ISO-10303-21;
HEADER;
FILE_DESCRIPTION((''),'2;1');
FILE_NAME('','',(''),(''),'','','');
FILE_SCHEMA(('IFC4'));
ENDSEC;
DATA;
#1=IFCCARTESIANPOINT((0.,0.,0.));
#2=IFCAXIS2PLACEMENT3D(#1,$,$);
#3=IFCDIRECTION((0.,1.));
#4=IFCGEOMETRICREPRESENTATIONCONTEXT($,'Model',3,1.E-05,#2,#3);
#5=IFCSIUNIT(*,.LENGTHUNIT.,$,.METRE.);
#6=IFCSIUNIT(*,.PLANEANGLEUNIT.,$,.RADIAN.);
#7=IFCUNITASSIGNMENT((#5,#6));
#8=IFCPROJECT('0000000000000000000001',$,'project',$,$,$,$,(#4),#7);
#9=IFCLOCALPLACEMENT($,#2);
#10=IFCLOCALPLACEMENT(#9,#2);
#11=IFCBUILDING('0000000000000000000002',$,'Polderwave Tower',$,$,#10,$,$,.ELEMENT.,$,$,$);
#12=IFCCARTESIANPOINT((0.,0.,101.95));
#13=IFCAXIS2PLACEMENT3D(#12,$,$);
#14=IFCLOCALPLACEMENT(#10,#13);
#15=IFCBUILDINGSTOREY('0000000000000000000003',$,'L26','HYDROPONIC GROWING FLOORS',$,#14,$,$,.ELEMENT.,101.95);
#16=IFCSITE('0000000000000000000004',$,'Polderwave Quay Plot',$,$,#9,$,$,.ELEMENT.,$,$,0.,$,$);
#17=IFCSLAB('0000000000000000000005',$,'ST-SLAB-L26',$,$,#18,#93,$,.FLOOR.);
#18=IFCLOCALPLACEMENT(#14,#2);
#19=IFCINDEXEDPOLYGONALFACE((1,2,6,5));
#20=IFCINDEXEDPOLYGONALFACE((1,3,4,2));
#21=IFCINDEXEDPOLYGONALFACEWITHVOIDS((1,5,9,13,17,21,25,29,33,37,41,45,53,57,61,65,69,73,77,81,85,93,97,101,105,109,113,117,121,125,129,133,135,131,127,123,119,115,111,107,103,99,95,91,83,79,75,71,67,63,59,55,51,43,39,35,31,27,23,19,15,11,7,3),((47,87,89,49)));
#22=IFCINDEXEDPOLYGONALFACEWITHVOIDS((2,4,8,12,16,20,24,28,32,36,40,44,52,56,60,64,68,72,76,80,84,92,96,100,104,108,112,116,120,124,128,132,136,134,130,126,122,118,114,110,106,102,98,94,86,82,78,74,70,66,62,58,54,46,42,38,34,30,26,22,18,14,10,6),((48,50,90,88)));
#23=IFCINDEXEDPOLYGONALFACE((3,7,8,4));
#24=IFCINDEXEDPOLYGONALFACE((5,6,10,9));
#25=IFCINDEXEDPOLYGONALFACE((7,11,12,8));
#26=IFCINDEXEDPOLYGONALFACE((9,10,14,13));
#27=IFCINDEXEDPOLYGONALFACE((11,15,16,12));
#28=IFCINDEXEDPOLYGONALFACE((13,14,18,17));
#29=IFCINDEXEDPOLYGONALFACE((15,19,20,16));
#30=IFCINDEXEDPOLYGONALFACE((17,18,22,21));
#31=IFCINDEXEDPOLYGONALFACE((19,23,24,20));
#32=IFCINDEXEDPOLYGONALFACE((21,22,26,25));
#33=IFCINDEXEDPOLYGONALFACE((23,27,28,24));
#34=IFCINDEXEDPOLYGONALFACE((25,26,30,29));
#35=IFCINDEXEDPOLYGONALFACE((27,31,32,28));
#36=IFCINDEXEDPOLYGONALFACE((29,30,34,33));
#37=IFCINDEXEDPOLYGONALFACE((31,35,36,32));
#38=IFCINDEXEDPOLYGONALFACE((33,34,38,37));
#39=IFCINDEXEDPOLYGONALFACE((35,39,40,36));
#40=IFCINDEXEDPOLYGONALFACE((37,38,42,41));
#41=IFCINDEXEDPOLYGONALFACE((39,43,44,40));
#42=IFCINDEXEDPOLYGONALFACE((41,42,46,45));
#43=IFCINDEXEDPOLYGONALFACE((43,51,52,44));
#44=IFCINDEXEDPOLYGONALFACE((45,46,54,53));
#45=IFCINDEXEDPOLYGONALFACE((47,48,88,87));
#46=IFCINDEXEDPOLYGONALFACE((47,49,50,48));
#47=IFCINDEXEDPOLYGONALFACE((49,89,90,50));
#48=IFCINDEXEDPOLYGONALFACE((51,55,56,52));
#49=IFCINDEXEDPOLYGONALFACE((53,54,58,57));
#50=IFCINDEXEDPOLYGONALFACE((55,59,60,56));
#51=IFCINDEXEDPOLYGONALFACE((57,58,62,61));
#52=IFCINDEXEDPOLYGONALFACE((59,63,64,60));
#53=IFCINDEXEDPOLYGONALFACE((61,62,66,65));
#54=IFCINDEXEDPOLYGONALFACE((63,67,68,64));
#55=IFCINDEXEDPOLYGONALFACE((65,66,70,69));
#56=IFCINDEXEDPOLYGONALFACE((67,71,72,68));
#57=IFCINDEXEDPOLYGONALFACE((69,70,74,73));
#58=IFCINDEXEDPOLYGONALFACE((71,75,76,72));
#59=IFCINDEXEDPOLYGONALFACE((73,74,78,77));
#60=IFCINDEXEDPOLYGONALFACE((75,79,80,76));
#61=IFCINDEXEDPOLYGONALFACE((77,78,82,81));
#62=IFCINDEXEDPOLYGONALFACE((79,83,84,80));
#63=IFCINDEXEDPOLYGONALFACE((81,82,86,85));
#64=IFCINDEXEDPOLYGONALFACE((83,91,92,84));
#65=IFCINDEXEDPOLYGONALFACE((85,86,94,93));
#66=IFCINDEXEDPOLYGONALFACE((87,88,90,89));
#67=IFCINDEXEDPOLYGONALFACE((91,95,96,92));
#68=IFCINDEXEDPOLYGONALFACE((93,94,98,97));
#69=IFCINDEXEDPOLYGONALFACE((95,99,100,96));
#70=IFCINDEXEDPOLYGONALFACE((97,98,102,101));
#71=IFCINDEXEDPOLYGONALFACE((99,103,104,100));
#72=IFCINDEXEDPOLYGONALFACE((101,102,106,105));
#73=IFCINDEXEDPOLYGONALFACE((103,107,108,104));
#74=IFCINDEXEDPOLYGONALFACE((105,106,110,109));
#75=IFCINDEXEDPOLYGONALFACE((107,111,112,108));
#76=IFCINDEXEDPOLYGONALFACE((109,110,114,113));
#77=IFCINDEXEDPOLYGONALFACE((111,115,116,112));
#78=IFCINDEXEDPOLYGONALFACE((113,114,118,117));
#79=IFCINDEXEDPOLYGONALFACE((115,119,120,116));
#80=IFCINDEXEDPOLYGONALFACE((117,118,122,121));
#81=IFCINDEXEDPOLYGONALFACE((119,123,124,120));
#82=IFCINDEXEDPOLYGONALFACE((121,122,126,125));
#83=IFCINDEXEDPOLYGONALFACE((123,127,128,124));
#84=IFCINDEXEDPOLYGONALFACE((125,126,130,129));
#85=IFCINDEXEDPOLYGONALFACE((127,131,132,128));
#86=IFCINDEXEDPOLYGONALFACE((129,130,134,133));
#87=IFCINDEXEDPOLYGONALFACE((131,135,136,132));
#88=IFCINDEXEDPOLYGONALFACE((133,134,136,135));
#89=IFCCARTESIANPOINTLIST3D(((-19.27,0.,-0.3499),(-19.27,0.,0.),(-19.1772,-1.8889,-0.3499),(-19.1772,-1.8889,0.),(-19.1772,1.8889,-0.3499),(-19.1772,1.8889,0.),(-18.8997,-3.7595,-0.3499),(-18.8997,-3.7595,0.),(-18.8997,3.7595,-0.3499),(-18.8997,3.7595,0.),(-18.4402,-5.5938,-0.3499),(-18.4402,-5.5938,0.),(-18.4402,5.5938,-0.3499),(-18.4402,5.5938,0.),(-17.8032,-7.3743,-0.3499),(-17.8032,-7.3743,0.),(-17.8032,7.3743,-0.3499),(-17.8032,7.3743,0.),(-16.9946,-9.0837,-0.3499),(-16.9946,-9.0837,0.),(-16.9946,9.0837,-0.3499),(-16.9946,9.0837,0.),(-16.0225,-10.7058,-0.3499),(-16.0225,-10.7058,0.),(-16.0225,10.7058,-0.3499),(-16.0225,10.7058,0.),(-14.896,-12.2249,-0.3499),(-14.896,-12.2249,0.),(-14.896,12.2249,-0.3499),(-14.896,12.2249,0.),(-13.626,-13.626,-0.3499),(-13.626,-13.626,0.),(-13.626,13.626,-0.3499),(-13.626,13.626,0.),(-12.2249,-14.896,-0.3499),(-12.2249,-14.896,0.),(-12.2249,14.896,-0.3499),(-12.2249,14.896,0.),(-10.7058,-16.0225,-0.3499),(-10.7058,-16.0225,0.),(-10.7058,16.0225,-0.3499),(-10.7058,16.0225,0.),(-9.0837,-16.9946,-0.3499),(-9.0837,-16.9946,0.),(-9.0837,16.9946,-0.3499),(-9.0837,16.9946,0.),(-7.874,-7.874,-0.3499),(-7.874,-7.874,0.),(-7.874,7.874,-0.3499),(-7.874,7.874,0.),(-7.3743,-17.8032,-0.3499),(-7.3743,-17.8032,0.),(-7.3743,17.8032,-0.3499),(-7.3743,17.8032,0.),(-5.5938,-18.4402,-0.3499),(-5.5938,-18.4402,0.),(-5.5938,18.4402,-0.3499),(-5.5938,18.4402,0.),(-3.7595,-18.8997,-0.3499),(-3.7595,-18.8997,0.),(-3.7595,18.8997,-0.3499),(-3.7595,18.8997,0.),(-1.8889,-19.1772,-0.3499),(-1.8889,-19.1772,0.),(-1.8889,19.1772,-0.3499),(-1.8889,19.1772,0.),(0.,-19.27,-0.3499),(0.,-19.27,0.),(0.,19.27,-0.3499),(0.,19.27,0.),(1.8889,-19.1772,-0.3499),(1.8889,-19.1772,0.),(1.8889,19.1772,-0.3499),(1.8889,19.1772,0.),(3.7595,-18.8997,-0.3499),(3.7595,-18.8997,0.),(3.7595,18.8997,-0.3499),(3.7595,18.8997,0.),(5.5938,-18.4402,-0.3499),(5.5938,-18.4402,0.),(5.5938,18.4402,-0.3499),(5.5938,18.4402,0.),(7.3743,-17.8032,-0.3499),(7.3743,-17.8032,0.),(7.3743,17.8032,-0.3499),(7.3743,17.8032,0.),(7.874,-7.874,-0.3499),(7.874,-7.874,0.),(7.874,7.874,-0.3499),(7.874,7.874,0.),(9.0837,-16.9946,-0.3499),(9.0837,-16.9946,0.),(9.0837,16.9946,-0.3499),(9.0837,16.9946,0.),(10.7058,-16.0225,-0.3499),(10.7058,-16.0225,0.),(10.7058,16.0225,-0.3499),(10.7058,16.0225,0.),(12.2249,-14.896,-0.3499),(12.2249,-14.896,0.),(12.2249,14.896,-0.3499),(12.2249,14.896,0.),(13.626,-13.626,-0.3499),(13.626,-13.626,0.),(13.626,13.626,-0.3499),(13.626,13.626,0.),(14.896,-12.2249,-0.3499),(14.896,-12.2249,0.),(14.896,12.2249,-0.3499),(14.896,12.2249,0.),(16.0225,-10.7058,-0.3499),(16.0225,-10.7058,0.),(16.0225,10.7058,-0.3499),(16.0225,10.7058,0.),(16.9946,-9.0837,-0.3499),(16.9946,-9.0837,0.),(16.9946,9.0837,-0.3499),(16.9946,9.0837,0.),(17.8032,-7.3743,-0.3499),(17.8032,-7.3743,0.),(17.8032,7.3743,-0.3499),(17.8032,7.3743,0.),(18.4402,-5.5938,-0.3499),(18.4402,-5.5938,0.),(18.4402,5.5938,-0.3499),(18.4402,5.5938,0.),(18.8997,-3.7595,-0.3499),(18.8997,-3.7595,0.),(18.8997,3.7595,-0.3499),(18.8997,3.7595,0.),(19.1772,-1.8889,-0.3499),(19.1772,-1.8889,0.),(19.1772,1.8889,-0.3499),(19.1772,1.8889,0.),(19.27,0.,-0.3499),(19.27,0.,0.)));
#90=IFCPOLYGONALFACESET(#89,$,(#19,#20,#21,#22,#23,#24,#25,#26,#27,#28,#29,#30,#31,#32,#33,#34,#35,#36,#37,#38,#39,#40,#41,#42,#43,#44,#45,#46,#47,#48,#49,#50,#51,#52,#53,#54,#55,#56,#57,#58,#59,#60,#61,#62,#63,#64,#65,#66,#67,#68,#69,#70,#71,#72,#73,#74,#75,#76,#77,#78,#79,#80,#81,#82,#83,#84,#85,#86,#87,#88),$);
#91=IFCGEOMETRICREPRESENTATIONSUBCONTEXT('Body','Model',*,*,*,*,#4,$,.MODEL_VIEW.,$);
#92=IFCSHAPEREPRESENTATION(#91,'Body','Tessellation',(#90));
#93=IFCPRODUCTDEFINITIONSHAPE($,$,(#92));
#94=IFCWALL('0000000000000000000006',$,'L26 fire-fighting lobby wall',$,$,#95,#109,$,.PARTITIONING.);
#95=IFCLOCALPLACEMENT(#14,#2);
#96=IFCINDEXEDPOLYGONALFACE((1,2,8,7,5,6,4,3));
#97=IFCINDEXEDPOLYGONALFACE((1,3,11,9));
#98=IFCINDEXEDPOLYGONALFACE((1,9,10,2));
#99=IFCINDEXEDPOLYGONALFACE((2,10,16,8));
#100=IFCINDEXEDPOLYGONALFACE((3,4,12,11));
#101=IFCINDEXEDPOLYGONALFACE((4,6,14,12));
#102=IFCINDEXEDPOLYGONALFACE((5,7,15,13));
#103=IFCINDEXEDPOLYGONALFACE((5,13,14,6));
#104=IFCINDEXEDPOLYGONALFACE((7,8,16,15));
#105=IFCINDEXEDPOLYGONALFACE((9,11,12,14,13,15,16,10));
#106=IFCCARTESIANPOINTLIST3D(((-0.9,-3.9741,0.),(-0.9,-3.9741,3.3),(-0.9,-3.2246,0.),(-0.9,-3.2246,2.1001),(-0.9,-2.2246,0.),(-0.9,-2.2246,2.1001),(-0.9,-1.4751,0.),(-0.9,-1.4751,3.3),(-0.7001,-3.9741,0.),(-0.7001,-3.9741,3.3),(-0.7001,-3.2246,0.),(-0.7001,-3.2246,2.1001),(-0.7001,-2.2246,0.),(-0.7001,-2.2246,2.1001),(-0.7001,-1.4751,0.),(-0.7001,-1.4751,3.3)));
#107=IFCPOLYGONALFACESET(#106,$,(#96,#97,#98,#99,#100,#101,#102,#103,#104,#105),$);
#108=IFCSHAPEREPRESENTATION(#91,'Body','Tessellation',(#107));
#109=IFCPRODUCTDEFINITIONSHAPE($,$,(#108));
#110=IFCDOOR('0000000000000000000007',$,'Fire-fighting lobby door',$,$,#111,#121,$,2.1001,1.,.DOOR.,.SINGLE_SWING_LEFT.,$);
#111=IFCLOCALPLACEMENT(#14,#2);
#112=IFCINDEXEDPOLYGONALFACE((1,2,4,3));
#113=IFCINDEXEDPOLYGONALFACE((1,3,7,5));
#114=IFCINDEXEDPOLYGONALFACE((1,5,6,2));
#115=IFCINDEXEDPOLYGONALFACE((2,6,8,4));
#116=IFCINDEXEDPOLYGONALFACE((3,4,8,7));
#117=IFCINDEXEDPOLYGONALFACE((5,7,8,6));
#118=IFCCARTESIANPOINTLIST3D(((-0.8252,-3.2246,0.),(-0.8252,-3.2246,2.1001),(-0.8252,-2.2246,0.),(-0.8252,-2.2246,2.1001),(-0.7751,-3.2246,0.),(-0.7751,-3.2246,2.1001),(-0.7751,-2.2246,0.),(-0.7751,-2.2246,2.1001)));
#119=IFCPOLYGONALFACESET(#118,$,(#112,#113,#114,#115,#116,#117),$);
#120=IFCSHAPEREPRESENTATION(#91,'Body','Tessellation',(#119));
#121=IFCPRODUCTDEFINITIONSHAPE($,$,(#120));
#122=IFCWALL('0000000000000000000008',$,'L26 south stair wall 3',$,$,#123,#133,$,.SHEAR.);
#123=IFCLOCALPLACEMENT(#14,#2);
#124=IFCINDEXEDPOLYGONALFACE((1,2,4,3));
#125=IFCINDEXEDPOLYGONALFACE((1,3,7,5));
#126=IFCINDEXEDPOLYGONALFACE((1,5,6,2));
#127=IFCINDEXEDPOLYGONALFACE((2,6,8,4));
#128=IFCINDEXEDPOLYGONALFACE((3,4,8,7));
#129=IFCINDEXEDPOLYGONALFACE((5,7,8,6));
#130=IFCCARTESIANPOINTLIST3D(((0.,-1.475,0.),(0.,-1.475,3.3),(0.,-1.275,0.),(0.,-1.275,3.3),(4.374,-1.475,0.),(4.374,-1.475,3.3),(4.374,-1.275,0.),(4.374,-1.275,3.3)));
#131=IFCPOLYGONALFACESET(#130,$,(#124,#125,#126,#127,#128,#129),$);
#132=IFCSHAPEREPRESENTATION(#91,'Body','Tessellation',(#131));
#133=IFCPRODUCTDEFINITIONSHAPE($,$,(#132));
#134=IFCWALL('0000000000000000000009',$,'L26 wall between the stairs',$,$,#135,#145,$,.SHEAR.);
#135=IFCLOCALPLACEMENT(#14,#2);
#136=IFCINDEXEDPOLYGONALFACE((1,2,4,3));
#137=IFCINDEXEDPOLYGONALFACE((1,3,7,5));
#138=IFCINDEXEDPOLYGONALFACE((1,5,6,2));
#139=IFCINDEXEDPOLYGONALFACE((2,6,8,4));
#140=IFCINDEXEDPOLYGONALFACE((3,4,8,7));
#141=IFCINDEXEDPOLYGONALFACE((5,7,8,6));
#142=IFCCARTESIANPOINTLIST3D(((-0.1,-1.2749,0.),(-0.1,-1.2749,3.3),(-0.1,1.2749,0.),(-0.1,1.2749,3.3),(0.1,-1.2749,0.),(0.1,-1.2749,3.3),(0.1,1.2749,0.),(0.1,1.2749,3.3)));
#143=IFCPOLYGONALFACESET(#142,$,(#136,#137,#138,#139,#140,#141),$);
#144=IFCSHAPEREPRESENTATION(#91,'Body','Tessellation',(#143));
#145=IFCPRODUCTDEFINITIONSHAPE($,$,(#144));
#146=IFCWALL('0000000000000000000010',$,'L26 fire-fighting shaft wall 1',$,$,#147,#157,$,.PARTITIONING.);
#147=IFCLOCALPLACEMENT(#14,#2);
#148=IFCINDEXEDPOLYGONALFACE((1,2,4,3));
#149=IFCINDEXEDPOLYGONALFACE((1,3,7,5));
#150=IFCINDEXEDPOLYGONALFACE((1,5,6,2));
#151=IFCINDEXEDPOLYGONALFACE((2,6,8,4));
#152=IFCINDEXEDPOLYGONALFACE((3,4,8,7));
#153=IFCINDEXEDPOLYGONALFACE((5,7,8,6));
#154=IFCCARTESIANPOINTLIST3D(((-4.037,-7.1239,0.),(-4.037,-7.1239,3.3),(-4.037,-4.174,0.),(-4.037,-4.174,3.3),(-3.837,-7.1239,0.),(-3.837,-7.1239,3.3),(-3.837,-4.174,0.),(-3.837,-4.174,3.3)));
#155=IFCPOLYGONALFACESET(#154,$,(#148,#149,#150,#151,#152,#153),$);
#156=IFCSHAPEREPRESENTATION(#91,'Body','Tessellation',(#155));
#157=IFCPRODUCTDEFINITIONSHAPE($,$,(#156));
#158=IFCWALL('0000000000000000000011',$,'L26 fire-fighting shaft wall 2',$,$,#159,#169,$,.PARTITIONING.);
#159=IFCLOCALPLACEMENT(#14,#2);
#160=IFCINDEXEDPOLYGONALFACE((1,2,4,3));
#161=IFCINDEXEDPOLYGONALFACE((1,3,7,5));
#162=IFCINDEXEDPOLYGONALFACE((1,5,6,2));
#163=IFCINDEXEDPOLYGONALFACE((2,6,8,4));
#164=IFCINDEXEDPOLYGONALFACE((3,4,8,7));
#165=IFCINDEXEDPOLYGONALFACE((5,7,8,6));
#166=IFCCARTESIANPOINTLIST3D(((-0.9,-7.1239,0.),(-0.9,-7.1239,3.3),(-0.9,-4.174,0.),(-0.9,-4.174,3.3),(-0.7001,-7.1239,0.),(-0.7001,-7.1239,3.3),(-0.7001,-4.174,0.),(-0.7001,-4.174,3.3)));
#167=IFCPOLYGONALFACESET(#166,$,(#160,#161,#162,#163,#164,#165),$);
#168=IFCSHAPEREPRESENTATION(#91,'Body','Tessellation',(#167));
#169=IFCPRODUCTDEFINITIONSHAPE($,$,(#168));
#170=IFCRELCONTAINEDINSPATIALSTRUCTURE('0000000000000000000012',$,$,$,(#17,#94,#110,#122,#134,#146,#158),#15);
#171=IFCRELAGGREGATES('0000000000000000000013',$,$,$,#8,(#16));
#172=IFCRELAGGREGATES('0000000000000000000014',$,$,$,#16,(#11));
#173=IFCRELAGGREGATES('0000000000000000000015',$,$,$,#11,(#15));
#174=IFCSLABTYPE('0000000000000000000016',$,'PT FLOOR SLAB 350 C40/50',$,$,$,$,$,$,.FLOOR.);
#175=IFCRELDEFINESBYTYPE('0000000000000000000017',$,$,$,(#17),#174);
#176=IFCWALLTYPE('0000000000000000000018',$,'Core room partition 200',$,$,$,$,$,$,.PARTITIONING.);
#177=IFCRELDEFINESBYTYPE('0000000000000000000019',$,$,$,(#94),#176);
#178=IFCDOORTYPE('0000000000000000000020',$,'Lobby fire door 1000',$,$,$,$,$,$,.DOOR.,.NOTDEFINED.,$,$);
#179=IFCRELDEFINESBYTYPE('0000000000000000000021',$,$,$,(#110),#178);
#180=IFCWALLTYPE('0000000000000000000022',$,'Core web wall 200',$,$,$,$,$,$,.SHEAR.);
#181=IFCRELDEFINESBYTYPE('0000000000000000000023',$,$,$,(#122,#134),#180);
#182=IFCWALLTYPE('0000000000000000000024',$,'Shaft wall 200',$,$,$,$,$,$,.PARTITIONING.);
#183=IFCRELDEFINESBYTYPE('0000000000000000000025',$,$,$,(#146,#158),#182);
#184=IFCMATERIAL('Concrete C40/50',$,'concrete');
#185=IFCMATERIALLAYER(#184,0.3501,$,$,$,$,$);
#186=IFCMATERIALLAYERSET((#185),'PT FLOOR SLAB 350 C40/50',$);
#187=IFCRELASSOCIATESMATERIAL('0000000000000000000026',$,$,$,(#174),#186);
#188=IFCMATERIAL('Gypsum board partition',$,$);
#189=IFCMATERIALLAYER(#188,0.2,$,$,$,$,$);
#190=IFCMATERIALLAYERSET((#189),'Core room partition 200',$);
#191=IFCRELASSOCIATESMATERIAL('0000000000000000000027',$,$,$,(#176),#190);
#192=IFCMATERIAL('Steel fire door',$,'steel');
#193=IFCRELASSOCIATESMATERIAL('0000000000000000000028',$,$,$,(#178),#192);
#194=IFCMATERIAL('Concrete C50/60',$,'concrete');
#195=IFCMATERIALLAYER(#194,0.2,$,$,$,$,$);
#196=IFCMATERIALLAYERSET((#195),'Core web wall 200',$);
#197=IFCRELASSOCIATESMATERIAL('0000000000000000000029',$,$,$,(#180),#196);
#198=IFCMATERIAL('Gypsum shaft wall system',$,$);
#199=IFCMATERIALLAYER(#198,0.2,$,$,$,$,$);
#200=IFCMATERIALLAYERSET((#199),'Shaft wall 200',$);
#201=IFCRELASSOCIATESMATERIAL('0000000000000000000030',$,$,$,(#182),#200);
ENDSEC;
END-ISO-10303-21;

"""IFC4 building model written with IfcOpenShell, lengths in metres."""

from ifc_helpers import new_model, si_unit, direction, frame, frame_2d, origin, place, context, subcontext, project, spatial, polyline, rectangle, outline, extrude, material, layer, layer_set, type_object, element, fill, save


model = new_model("IFC4")

# Units and contexts
model_context = context("Model", 3, precision=1e-05, world=origin(), true_north=direction((0.0, 1.0)))
body_context = subcontext(model_context, "Body", "Model", "MODEL_VIEW")
ifc_project = project(units=[si_unit("LENGTHUNIT", "METRE"), si_unit("PLANEANGLEUNIT", "RADIAN")], contexts=[model_context])

# Site, building, storey
site_placement = place(None, origin())
site = spatial("IfcSite", under=ifc_project, at=site_placement, Name="Polderwave Quay Plot", CompositionType="ELEMENT", RefElevation=0.0)
building_placement = place(site_placement, origin())
building = spatial("IfcBuilding", under=site, at=building_placement, Name="Polderwave Tower", CompositionType="ELEMENT")
storey_placement = place(building_placement, frame((0.0, 0.0, 101.95)))
storey = spatial("IfcBuildingStorey", under=building, at=storey_placement, Name="L26", Description="HYDROPONIC GROWING FLOORS", CompositionType="ELEMENT", Elevation=101.95)

# Slab
ifc_material_1 = material(Name="Concrete C40/50", Category="concrete")
ifc_layer_1 = layer(ifc_material_1, 0.3501)
ifc_layer_set_1 = layer_set([ifc_layer_1], Name="PT FLOOR SLAB 350 C40/50")
slab_type = type_object("IfcSlabType", Name="PT FLOOR SLAB 350 C40/50", PredefinedType="FLOOR", material=ifc_layer_set_1)
slab_placement = place(storey_placement, frame((0.0, 0.0, -0.3499)))
element("IfcSlab", 1, at=slab_placement, inside=storey, type_object=slab_type, Name="ST-SLAB-L26", PredefinedType="FLOOR", context=body_context, shape_type="SweptSolid", body=[
    extrude(outline(polyline([(19.27, 0.0), (19.1772, 1.8889), (18.8997, 3.7595), (18.4402, 5.5938), (17.8032, 7.3743), (16.9946, 9.0837), (16.0225, 10.7058), (14.896, 12.2249), (13.626, 13.626), (12.2249, 14.896), (10.7058, 16.0225), (9.0837, 16.9946), (7.3743, 17.8032), (5.5938, 18.4402), (3.7595, 18.8997), (1.8889, 19.1772), (0.0, 19.27), (-1.8889, 19.1772), (-3.7595, 18.8997), (-5.5938, 18.4402), (-7.3743, 17.8032), (-9.0837, 16.9946), (-10.7058, 16.0225), (-12.2249, 14.896), (-13.626, 13.626), (-14.896, 12.2249), (-16.0225, 10.7058), (-16.9946, 9.0837), (-17.8032, 7.3743), (-18.4402, 5.5938), (-18.8997, 3.7595), (-19.1772, 1.8889), (-19.27, 0.0), (-19.1772, -1.8889), (-18.8997, -3.7595), (-18.4402, -5.5938), (-17.8032, -7.3743), (-16.9946, -9.0837), (-16.0225, -10.7058), (-14.896, -12.2249), (-13.626, -13.626), (-12.2249, -14.896), (-10.7058, -16.0225), (-9.0837, -16.9946), (-7.3743, -17.8032), (-5.5938, -18.4402), (-3.7595, -18.8997), (-1.8889, -19.1772), (0.0, -19.27), (1.8889, -19.1772), (3.7595, -18.8997), (5.5938, -18.4402), (7.3743, -17.8032), (9.0837, -16.9946), (10.7058, -16.0225), (12.2249, -14.896), (13.626, -13.626), (14.896, -12.2249), (16.0225, -10.7058), (16.9946, -9.0837), (17.8032, -7.3743), (18.4402, -5.5938), (18.8997, -3.7595), (19.1772, -1.8889), (19.27, 0.0)]), holes=[polyline([(-7.874, -7.874), (7.874, -7.874), (7.874, 7.874), (-7.874, 7.874), (-7.874, -7.874)])]), origin(), (0.0, 0.0, 1.0), 0.3499),
])

# Wall, opening, door
ifc_material_2 = material(Name="Gypsum board partition")
ifc_layer_2 = layer(ifc_material_2, 0.2)
ifc_layer_set_2 = layer_set([ifc_layer_2], Name="Core room partition 200")
wall_type_1 = type_object("IfcWallType", Name="Core room partition 200", PredefinedType="PARTITIONING", material=ifc_layer_set_2)
wall_1_placement = place(storey_placement, frame((-0.8, -3.9741, 0.0), z_axis=(0.0, 0.0, 1.0), x_axis=(0.0, 1.0, 0.0)))
wall_1 = element("IfcWall", 2, at=wall_1_placement, inside=storey, type_object=wall_type_1, Name="L26 fire-fighting lobby wall", PredefinedType="PARTITIONING", context=body_context, shape_type="SweptSolid", body=[
    extrude(rectangle(XDim=2.499, YDim=0.2, at=frame_2d((1.2495, 0.0))), origin(), (0.0, 0.0, 1.0), 3.3),
])
opening_placement = place(wall_1_placement, frame((0.7495, 0.0, 0.0)))
opening = element("IfcOpeningElement", 3, at=opening_placement, cuts=wall_1, PredefinedType="OPENING", context=body_context, shape_type="SweptSolid", body=[
    extrude(rectangle(XDim=1.0, YDim=2.1001, at=frame_2d((0.5, 1.05))), frame((0.0, 0.1099, 0.0), z_axis=(0.0, -1.0, 0.0), x_axis=(1.0, 0.0, 0.0)), (0.0, 0.0, 1.0), 0.22),
])
ifc_material_3 = material(Name="Steel fire door", Category="steel")
door_type = type_object("IfcDoorType", Name="Lobby fire door 1000", OperationType="NOTDEFINED", PredefinedType="DOOR", material=ifc_material_3)
door_placement = place(opening_placement, frame((1.0, 0.0, 0.0), z_axis=(0.0, 0.0, 1.0), x_axis=(-1.0, 0.0, 0.0)))
door = element("IfcDoor", 4, at=door_placement, inside=storey, type_object=door_type, Name="Fire-fighting lobby door", OperationType="SINGLE_SWING_LEFT", OverallHeight=2.1001, OverallWidth=1.0, PredefinedType="DOOR", context=body_context, shape_type="SweptSolid", body=[
    extrude(rectangle(XDim=1.0, YDim=2.1001, at=frame_2d((0.5, 1.05))), frame((0.0, 0.0249, 0.0), z_axis=(0.0, -1.0, 0.0), x_axis=(1.0, 0.0, 0.0)), (0.0, 0.0, 1.0), 0.05),
])
fill(opening, door)

# Walls
ifc_material_4 = material(Name="Concrete C50/60", Category="concrete")
ifc_layer_3 = layer(ifc_material_4, 0.2)
ifc_layer_set_3 = layer_set([ifc_layer_3], Name="Core web wall 200")
wall_type_2 = type_object("IfcWallType", Name="Core web wall 200", PredefinedType="SHEAR", material=ifc_layer_set_3)
wall_2_placement = place(storey_placement, frame((0.0, -1.375, 0.0), z_axis=(0.0, 0.0, 1.0), x_axis=(1.0, 0.0, 0.0)))
element("IfcWall", 5, at=wall_2_placement, inside=storey, type_object=wall_type_2, Name="L26 south stair wall 3", PredefinedType="SHEAR", context=body_context, shape_type="SweptSolid", body=[
    extrude(rectangle(XDim=4.374, YDim=0.2, at=frame_2d((2.187, 0.0))), origin(), (0.0, 0.0, 1.0), 3.3),
])
wall_3_placement = place(storey_placement, frame((0.0, -1.2749, 0.0), z_axis=(0.0, 0.0, 1.0), x_axis=(0.0, 1.0, 0.0)))
element("IfcWall", 6, at=wall_3_placement, inside=storey, type_object=wall_type_2, Name="L26 wall between the stairs", PredefinedType="SHEAR", context=body_context, shape_type="SweptSolid", body=[
    extrude(rectangle(XDim=2.5498, YDim=0.2, at=frame_2d((1.2749, 0.0))), origin(), (0.0, 0.0, 1.0), 3.3),
])
ifc_material_5 = material(Name="Gypsum shaft wall system")
ifc_layer_4 = layer(ifc_material_5, 0.2)
ifc_layer_set_4 = layer_set([ifc_layer_4], Name="Shaft wall 200")
wall_type_3 = type_object("IfcWallType", Name="Shaft wall 200", PredefinedType="PARTITIONING", material=ifc_layer_set_4)
for number, where, z_axis, x_axis, name in (
    (7, (-3.937, -7.124, 0.0), (0.0, 0.0, 1.0), (0.0, 1.0, 0.0), "L26 fire-fighting shaft wall 1"),
    (8, (-0.8, -7.124, 0.0), (0.0, 0.0, 1.0), (0.0, 1.0, 0.0), "L26 fire-fighting shaft wall 2"),
):
    element("IfcWall", number, at=place(storey_placement, frame(where, z_axis=z_axis, x_axis=x_axis)), inside=storey, type_object=wall_type_3, Name=name, PredefinedType="PARTITIONING", context=body_context, shape_type="SweptSolid", body=[
        extrude(rectangle(XDim=2.95, YDim=0.2, at=frame_2d((1.4751, 0.0))), origin(), (0.0, 0.0, 1.0), 3.3),
    ])

save(model, "model.ifc")
